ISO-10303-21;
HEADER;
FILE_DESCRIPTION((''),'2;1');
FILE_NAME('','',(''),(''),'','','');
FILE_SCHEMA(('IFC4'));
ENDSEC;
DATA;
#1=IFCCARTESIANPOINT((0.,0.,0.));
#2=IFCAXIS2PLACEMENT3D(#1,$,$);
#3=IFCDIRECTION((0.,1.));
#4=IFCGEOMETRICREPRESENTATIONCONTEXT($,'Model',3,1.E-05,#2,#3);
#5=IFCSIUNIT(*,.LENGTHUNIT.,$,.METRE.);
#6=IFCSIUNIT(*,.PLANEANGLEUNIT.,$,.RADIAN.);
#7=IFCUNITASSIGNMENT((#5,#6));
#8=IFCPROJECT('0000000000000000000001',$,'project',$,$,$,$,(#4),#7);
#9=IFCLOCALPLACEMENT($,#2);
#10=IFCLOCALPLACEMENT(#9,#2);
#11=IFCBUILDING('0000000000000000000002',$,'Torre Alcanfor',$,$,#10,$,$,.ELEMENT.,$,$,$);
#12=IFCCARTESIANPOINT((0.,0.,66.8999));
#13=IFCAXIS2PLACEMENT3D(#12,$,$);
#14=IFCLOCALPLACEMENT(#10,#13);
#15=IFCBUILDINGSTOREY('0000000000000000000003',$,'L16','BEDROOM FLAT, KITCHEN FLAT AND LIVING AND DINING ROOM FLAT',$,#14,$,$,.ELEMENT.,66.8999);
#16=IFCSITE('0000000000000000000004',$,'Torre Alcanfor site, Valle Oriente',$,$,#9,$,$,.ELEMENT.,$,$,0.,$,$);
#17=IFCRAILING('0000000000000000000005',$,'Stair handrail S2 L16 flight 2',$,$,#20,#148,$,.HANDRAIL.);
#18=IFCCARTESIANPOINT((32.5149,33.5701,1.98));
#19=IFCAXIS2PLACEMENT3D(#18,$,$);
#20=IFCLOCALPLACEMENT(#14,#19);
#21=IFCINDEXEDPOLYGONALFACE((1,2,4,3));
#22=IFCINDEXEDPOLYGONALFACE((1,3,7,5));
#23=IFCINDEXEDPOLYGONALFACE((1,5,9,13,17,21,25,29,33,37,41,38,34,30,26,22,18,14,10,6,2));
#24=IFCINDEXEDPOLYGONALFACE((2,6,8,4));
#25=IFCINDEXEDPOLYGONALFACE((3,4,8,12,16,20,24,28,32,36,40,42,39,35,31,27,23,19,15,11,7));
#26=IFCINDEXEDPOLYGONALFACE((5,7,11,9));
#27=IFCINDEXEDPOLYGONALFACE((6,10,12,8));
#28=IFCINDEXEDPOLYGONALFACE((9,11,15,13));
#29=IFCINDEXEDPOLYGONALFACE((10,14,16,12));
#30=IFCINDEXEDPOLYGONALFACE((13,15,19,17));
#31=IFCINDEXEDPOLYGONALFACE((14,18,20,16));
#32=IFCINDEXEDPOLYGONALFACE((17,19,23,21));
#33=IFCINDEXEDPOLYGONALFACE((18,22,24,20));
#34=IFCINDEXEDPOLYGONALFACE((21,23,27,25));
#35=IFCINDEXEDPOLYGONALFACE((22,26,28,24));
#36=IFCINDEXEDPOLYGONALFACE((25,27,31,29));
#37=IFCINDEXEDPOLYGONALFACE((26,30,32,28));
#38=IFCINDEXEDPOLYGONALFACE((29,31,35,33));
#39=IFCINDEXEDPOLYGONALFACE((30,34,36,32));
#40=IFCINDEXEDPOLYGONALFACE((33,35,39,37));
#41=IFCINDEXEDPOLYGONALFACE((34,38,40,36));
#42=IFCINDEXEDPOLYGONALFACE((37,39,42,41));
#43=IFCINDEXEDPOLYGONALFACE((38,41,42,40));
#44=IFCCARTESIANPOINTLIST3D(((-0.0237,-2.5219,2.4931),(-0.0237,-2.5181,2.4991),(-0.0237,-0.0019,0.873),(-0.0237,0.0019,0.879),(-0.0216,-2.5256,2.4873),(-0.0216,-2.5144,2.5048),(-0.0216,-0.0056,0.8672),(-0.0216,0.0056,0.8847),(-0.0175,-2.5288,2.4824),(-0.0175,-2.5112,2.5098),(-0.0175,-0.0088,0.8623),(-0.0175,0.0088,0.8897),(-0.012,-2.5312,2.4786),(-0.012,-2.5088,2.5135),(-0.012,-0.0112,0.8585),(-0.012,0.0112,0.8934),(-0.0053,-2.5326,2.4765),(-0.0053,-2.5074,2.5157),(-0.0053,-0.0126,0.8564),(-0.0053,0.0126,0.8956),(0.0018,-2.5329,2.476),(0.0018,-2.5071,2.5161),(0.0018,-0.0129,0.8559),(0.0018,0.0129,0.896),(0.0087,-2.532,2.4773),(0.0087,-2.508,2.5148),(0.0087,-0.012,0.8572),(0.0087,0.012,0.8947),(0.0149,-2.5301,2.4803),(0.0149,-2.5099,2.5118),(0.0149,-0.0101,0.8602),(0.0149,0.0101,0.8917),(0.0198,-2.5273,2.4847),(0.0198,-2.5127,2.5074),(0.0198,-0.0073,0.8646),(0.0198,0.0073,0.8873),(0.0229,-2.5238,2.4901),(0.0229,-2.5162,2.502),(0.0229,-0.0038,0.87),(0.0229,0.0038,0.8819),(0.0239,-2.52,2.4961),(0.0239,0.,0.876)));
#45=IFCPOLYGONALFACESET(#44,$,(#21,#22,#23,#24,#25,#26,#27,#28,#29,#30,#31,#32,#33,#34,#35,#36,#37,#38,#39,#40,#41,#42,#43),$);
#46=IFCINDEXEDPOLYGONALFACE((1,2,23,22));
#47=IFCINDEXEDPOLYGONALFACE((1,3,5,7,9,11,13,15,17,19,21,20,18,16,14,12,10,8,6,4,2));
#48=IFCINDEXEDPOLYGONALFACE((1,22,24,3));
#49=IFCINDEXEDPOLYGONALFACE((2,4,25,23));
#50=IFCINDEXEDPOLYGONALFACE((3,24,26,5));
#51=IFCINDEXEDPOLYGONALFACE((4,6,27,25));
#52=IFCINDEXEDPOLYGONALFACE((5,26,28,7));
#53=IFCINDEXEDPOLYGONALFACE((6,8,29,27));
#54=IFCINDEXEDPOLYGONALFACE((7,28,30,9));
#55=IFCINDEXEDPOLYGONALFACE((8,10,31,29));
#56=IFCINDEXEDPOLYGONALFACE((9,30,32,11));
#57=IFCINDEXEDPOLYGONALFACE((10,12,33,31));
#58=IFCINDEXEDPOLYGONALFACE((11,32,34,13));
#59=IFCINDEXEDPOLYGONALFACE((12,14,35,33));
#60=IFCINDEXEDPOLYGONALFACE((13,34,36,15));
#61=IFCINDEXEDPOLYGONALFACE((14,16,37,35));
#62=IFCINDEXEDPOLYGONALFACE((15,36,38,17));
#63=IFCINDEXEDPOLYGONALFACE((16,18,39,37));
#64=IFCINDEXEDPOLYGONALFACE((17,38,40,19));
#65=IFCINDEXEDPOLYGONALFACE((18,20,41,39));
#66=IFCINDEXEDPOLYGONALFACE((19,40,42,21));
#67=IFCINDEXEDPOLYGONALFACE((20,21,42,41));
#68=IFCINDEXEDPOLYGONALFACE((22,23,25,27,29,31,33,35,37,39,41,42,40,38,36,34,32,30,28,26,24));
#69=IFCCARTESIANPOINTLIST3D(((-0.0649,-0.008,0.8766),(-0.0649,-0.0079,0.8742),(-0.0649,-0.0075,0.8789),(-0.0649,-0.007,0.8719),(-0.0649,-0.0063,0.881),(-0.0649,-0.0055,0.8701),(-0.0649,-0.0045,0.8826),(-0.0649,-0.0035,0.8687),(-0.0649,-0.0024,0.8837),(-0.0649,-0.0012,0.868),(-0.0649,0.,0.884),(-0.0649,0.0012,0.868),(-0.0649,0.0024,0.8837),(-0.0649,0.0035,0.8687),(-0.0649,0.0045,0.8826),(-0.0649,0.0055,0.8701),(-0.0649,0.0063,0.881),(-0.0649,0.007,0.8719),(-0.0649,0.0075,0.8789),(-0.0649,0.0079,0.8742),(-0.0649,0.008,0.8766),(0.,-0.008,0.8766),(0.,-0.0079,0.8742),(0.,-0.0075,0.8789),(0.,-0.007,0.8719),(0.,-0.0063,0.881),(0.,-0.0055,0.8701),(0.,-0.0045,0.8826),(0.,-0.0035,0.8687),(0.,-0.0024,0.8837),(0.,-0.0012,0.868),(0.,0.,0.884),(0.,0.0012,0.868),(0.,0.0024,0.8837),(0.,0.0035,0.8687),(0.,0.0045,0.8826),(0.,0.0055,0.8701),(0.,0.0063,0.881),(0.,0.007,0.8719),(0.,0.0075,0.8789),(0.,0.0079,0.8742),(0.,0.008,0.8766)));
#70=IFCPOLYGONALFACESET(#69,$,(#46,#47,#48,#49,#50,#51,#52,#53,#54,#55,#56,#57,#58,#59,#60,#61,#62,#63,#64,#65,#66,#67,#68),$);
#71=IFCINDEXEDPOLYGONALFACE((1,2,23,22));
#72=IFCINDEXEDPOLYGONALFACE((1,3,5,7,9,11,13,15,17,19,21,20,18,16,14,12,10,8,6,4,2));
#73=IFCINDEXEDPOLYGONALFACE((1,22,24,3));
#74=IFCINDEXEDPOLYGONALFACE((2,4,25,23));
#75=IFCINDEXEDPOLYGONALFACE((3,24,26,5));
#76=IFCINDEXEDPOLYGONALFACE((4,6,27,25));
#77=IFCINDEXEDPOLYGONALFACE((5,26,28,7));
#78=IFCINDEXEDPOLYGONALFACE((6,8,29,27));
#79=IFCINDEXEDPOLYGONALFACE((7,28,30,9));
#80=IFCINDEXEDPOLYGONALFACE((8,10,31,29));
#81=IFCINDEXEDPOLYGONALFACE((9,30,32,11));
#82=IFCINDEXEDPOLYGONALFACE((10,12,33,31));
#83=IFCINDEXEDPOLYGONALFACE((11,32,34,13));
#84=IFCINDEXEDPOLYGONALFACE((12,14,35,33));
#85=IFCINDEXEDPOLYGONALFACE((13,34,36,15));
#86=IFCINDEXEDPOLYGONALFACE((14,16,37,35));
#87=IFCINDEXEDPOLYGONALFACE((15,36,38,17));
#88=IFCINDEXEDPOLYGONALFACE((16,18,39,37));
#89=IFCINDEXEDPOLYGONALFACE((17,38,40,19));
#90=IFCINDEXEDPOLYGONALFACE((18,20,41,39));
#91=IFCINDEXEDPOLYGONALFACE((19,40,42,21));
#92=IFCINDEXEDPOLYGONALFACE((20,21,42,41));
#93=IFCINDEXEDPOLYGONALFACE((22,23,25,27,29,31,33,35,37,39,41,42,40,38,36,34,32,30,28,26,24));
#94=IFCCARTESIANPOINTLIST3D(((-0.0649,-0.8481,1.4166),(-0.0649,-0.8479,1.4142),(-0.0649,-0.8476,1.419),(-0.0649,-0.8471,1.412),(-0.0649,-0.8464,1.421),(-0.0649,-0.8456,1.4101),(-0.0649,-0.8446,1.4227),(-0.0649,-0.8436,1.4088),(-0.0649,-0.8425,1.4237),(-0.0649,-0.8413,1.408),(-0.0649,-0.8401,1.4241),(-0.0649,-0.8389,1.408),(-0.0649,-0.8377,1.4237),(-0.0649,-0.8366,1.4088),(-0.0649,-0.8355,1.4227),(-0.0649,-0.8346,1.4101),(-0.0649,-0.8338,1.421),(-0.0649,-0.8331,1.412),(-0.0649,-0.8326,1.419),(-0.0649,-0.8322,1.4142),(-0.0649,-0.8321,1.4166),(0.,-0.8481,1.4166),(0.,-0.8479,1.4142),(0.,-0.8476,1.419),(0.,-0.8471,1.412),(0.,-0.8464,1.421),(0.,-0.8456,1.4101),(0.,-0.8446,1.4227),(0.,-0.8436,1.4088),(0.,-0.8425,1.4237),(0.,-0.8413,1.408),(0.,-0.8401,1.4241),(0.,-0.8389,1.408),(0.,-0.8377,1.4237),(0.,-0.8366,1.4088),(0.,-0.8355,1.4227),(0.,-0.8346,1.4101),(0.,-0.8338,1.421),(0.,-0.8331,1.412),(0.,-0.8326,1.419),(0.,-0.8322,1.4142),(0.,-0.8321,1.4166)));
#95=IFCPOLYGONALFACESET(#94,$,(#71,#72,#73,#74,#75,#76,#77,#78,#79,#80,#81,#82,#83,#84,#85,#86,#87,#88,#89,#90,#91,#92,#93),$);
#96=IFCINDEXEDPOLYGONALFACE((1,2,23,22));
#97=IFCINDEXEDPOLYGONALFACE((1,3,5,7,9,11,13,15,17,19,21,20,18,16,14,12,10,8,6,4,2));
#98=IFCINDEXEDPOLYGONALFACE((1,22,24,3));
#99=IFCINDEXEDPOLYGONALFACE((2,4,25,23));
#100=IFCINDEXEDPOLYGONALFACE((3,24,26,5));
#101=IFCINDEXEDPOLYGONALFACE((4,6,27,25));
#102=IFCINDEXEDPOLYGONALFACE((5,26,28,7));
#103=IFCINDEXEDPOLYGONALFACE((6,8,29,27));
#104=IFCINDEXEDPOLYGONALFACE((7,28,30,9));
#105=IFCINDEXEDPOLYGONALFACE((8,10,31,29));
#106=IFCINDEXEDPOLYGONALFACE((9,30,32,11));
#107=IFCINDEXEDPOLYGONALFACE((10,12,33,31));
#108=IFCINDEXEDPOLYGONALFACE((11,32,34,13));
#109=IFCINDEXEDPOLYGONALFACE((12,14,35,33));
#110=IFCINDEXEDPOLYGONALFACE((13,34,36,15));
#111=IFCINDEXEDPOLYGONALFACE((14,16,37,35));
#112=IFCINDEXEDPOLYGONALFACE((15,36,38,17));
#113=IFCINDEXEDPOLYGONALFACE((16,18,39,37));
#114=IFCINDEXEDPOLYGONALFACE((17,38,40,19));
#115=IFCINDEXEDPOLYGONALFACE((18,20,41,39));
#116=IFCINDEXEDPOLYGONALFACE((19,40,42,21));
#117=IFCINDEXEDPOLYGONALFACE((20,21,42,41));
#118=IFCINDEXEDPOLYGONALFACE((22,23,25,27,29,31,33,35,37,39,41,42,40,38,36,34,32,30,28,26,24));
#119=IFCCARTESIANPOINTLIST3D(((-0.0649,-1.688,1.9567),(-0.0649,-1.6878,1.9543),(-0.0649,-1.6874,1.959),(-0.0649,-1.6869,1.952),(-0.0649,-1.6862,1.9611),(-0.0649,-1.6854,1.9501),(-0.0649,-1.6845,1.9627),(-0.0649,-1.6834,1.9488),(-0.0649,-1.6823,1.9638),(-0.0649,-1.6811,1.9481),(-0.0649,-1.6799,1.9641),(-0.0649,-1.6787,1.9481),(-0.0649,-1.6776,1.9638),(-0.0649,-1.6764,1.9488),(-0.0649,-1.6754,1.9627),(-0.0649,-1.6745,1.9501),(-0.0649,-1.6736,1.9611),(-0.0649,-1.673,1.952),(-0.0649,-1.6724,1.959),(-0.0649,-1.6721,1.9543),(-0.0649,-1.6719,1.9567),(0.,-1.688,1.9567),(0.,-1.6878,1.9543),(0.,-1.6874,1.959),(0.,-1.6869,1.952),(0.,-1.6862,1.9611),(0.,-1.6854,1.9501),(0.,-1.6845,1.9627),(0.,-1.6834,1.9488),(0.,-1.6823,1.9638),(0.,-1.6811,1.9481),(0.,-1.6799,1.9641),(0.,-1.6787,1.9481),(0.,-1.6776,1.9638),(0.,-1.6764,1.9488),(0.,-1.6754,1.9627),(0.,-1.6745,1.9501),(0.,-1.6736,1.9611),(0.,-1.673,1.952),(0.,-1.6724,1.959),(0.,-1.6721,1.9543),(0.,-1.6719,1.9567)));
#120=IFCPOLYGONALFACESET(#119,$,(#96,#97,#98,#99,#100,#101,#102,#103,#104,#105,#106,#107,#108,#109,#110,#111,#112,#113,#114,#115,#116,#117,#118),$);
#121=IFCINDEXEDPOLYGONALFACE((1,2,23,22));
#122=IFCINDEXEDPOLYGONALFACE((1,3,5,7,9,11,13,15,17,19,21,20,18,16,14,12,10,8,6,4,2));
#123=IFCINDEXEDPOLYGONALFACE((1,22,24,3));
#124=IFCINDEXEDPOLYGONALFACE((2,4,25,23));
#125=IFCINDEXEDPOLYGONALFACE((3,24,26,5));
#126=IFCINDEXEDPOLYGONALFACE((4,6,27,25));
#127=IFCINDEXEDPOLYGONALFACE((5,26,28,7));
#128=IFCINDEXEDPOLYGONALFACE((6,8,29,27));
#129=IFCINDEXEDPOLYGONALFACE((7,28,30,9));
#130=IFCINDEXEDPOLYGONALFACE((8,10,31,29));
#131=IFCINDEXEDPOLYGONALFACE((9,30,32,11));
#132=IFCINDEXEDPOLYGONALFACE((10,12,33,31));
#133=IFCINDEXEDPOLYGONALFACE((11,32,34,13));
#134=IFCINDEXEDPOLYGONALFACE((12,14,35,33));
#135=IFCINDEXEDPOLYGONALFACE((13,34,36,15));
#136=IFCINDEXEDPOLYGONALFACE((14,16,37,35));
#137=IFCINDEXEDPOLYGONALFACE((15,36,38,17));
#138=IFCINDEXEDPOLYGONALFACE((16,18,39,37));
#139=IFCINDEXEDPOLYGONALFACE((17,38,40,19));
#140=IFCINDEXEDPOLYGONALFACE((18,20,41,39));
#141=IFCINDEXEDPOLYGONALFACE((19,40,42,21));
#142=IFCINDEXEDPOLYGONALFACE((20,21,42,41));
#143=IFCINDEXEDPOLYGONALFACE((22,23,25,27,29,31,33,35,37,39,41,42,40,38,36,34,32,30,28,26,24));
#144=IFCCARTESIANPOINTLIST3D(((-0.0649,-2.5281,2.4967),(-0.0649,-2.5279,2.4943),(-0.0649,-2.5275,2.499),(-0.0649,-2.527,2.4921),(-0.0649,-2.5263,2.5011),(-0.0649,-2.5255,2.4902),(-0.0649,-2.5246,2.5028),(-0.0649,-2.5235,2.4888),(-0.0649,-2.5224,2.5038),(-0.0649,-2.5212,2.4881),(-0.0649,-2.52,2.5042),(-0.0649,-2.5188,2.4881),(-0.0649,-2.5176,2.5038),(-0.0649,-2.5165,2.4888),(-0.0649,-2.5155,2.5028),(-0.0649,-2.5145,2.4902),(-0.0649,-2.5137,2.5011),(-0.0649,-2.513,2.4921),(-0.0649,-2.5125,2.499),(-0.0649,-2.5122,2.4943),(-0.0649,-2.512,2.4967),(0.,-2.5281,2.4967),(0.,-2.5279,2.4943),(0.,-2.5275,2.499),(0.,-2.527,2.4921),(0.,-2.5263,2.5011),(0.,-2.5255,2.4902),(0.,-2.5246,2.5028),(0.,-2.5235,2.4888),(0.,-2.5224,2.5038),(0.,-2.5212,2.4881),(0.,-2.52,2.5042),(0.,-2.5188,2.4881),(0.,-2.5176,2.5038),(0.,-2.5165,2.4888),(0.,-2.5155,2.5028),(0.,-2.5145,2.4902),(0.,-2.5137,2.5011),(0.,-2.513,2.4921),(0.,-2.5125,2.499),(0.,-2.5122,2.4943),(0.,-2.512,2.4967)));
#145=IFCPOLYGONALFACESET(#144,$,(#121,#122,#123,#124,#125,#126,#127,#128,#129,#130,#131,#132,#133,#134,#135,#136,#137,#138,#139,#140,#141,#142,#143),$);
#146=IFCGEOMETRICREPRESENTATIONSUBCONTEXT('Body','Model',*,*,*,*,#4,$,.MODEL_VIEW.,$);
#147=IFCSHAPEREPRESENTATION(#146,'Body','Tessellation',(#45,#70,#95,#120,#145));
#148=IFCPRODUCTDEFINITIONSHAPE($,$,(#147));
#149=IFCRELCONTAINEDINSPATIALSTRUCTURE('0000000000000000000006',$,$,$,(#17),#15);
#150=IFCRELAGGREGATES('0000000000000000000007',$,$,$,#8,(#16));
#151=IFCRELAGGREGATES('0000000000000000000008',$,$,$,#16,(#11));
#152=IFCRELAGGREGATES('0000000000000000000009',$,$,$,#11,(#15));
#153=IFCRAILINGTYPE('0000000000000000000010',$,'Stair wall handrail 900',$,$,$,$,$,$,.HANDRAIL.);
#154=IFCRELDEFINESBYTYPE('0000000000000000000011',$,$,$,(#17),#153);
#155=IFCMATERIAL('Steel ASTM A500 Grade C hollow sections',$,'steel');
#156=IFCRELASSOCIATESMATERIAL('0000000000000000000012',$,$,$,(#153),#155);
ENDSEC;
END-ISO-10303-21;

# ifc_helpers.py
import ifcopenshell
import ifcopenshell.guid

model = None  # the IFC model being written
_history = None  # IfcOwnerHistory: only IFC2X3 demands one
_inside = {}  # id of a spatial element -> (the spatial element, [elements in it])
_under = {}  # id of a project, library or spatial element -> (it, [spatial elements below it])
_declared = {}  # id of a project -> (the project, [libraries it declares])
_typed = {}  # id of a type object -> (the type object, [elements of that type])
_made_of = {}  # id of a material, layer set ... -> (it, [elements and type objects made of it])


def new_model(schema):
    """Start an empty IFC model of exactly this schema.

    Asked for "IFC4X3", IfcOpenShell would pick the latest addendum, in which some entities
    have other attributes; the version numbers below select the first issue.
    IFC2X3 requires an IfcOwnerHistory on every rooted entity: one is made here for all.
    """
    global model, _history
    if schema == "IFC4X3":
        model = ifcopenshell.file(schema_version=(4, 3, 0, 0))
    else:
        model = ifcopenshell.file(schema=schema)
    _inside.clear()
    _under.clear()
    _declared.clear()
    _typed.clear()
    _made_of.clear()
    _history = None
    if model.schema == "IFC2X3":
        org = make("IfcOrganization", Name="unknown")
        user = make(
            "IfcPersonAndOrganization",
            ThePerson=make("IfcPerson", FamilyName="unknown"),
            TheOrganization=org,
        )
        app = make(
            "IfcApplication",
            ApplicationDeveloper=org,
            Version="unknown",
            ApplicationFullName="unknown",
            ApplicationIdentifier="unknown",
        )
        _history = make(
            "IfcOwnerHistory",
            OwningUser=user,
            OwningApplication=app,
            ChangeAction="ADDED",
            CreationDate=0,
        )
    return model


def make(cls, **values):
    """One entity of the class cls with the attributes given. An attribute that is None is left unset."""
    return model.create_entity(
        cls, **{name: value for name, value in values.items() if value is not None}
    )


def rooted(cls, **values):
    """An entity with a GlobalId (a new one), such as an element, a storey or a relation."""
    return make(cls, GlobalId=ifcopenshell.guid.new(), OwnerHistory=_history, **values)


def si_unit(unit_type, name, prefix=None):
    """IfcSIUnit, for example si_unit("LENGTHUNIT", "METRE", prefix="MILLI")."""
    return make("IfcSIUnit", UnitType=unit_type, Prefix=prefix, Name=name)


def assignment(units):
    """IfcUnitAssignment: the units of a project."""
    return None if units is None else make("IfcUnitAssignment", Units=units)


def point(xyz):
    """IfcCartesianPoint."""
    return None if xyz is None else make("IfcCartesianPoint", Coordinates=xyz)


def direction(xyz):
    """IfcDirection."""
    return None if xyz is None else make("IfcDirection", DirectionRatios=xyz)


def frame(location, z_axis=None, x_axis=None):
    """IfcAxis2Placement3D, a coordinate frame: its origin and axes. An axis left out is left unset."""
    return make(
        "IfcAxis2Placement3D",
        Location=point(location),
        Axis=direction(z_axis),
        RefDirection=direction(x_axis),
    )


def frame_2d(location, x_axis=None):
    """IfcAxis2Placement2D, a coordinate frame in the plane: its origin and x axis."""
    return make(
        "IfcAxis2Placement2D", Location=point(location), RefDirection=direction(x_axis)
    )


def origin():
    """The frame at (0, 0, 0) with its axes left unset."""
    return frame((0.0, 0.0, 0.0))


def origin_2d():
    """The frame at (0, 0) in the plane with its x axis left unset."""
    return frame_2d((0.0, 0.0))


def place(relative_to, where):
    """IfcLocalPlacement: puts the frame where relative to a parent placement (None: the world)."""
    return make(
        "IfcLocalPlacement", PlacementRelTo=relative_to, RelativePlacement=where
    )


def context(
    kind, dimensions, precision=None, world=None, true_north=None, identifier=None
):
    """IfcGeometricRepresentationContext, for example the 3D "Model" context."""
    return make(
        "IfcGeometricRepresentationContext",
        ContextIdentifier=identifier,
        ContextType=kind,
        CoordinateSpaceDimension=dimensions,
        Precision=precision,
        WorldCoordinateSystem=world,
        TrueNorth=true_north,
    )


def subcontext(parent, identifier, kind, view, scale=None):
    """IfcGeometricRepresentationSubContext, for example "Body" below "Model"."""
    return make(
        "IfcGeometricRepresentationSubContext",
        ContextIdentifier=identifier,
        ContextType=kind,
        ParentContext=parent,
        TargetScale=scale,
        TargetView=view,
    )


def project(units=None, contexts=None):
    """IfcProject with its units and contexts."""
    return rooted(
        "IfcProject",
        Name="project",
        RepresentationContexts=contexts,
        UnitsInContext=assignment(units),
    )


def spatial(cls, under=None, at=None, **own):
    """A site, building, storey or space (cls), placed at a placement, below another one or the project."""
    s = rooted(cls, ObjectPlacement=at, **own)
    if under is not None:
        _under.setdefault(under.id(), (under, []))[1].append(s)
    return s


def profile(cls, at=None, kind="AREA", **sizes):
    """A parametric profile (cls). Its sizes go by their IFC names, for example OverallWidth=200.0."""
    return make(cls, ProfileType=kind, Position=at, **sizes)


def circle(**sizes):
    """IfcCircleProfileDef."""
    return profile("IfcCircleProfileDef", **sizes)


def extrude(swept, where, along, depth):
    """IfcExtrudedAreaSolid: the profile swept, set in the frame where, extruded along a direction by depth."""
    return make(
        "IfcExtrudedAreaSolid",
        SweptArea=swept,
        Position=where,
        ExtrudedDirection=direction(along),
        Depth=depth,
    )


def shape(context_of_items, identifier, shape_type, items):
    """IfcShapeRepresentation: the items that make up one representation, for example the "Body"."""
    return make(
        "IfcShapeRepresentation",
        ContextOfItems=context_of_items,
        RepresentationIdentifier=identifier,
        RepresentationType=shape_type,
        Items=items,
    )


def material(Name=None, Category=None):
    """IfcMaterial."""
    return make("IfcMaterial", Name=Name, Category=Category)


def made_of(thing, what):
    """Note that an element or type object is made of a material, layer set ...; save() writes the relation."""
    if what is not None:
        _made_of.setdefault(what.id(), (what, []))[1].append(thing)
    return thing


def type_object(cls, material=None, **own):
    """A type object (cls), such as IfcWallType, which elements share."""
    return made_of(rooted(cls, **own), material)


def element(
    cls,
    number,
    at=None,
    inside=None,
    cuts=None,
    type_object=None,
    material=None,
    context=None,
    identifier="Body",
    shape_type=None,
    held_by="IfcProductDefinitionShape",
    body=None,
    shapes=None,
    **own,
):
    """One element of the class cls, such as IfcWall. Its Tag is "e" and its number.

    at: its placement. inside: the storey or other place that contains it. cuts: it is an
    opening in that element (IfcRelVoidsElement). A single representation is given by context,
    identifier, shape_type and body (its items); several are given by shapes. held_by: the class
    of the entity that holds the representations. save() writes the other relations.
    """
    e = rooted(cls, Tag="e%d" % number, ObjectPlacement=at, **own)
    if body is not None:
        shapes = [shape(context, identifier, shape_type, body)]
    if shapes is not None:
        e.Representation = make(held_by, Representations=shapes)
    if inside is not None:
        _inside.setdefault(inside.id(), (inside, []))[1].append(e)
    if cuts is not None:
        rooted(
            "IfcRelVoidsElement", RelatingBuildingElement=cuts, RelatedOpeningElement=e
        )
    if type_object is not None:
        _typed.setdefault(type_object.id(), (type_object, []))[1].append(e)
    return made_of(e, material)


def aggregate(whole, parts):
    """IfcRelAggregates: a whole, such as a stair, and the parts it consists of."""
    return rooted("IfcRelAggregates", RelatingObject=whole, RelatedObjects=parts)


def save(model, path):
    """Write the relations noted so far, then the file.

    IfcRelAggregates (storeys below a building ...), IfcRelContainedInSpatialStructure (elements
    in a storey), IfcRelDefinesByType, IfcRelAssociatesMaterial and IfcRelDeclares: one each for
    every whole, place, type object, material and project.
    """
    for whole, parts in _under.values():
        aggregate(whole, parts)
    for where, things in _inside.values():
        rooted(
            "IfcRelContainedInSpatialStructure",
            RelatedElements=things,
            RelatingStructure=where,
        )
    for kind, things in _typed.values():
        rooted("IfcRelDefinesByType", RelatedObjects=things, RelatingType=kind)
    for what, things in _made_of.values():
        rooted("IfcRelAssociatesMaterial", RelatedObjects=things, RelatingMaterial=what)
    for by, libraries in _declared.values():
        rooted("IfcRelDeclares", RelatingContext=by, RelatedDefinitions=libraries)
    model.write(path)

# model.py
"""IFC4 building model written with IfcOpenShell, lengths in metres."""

from ifc_helpers import new_model, si_unit, direction, frame, origin, origin_2d, place, context, subcontext, project, spatial, circle, extrude, material, type_object, element, save


model = new_model("IFC4")

# Units and contexts
model_context = context("Model", 3, precision=1e-05, world=origin(), true_north=direction((0.0, 1.0)))
body_context = subcontext(model_context, "Body", "Model", "MODEL_VIEW")
ifc_project = project(units=[si_unit("LENGTHUNIT", "METRE"), si_unit("PLANEANGLEUNIT", "RADIAN")], contexts=[model_context])

# Site, building, storey
site_placement = place(None, origin())
site = spatial("IfcSite", under=ifc_project, at=site_placement, Name="Torre Alcanfor site, Valle Oriente", CompositionType="ELEMENT", RefElevation=0.0)
building_placement = place(site_placement, origin())
building = spatial("IfcBuilding", under=site, at=building_placement, Name="Torre Alcanfor", CompositionType="ELEMENT")
storey_placement = place(building_placement, frame((0.0, 0.0, 66.8999)))
storey = spatial("IfcBuildingStorey", under=building, at=storey_placement, Name="L16", Description="BEDROOM FLAT, KITCHEN FLAT AND LIVING AND DINING ROOM FLAT", CompositionType="ELEMENT", Elevation=66.8999)

# Railing
ifc_material_1 = material(Name="Steel ASTM A500 Grade C hollow sections", Category="steel")
railing_type_1 = type_object("IfcRailingType", Name="Stair wall handrail 900", PredefinedType="HANDRAIL", material=ifc_material_1)
railing_1_placement = place(storey_placement, frame((32.5149, 33.5701, 1.98)))
element("IfcRailing", 1, at=railing_1_placement, inside=storey, type_object=railing_type_1, Name="Stair handrail S2 L16 flight 2", PredefinedType="HANDRAIL", context=body_context, shape_type="SweptSolid", body=[
    extrude(circle(Radius=0.0239, at=origin_2d()), frame((0.0, 0.0, 0.876), z_axis=(0.0, -0.841163, 0.540782), x_axis=(1.0, 0.0, 0.0)), (0.0, 0.0, 1.0), 2.9958),
    extrude(circle(Radius=0.0081, at=origin_2d()), frame((0.0, 0.0, 0.876), z_axis=(-1.0, 0.0, 0.0), x_axis=(0.0, 0.0, 1.0)), (0.0, 0.0, 1.0), 0.0649),
    extrude(circle(Radius=0.0081, at=origin_2d()), frame((0.0, -0.8401, 1.416), z_axis=(-1.0, 0.0, 0.0), x_axis=(0.0, 0.0, 1.0)), (0.0, 0.0, 1.0), 0.0649),
    extrude(circle(Radius=0.0081, at=origin_2d()), frame((0.0, -1.6799, 1.9561), z_axis=(-1.0, 0.0, 0.0), x_axis=(0.0, 0.0, 1.0)), (0.0, 0.0, 1.0), 0.0649),
    extrude(circle(Radius=0.0081, at=origin_2d()), frame((0.0, -2.52, 2.4961), z_axis=(-1.0, 0.0, 0.0), x_axis=(0.0, 0.0, 1.0)), (0.0, 0.0, 1.0), 0.0649),
])

save(model, "model.ifc")
